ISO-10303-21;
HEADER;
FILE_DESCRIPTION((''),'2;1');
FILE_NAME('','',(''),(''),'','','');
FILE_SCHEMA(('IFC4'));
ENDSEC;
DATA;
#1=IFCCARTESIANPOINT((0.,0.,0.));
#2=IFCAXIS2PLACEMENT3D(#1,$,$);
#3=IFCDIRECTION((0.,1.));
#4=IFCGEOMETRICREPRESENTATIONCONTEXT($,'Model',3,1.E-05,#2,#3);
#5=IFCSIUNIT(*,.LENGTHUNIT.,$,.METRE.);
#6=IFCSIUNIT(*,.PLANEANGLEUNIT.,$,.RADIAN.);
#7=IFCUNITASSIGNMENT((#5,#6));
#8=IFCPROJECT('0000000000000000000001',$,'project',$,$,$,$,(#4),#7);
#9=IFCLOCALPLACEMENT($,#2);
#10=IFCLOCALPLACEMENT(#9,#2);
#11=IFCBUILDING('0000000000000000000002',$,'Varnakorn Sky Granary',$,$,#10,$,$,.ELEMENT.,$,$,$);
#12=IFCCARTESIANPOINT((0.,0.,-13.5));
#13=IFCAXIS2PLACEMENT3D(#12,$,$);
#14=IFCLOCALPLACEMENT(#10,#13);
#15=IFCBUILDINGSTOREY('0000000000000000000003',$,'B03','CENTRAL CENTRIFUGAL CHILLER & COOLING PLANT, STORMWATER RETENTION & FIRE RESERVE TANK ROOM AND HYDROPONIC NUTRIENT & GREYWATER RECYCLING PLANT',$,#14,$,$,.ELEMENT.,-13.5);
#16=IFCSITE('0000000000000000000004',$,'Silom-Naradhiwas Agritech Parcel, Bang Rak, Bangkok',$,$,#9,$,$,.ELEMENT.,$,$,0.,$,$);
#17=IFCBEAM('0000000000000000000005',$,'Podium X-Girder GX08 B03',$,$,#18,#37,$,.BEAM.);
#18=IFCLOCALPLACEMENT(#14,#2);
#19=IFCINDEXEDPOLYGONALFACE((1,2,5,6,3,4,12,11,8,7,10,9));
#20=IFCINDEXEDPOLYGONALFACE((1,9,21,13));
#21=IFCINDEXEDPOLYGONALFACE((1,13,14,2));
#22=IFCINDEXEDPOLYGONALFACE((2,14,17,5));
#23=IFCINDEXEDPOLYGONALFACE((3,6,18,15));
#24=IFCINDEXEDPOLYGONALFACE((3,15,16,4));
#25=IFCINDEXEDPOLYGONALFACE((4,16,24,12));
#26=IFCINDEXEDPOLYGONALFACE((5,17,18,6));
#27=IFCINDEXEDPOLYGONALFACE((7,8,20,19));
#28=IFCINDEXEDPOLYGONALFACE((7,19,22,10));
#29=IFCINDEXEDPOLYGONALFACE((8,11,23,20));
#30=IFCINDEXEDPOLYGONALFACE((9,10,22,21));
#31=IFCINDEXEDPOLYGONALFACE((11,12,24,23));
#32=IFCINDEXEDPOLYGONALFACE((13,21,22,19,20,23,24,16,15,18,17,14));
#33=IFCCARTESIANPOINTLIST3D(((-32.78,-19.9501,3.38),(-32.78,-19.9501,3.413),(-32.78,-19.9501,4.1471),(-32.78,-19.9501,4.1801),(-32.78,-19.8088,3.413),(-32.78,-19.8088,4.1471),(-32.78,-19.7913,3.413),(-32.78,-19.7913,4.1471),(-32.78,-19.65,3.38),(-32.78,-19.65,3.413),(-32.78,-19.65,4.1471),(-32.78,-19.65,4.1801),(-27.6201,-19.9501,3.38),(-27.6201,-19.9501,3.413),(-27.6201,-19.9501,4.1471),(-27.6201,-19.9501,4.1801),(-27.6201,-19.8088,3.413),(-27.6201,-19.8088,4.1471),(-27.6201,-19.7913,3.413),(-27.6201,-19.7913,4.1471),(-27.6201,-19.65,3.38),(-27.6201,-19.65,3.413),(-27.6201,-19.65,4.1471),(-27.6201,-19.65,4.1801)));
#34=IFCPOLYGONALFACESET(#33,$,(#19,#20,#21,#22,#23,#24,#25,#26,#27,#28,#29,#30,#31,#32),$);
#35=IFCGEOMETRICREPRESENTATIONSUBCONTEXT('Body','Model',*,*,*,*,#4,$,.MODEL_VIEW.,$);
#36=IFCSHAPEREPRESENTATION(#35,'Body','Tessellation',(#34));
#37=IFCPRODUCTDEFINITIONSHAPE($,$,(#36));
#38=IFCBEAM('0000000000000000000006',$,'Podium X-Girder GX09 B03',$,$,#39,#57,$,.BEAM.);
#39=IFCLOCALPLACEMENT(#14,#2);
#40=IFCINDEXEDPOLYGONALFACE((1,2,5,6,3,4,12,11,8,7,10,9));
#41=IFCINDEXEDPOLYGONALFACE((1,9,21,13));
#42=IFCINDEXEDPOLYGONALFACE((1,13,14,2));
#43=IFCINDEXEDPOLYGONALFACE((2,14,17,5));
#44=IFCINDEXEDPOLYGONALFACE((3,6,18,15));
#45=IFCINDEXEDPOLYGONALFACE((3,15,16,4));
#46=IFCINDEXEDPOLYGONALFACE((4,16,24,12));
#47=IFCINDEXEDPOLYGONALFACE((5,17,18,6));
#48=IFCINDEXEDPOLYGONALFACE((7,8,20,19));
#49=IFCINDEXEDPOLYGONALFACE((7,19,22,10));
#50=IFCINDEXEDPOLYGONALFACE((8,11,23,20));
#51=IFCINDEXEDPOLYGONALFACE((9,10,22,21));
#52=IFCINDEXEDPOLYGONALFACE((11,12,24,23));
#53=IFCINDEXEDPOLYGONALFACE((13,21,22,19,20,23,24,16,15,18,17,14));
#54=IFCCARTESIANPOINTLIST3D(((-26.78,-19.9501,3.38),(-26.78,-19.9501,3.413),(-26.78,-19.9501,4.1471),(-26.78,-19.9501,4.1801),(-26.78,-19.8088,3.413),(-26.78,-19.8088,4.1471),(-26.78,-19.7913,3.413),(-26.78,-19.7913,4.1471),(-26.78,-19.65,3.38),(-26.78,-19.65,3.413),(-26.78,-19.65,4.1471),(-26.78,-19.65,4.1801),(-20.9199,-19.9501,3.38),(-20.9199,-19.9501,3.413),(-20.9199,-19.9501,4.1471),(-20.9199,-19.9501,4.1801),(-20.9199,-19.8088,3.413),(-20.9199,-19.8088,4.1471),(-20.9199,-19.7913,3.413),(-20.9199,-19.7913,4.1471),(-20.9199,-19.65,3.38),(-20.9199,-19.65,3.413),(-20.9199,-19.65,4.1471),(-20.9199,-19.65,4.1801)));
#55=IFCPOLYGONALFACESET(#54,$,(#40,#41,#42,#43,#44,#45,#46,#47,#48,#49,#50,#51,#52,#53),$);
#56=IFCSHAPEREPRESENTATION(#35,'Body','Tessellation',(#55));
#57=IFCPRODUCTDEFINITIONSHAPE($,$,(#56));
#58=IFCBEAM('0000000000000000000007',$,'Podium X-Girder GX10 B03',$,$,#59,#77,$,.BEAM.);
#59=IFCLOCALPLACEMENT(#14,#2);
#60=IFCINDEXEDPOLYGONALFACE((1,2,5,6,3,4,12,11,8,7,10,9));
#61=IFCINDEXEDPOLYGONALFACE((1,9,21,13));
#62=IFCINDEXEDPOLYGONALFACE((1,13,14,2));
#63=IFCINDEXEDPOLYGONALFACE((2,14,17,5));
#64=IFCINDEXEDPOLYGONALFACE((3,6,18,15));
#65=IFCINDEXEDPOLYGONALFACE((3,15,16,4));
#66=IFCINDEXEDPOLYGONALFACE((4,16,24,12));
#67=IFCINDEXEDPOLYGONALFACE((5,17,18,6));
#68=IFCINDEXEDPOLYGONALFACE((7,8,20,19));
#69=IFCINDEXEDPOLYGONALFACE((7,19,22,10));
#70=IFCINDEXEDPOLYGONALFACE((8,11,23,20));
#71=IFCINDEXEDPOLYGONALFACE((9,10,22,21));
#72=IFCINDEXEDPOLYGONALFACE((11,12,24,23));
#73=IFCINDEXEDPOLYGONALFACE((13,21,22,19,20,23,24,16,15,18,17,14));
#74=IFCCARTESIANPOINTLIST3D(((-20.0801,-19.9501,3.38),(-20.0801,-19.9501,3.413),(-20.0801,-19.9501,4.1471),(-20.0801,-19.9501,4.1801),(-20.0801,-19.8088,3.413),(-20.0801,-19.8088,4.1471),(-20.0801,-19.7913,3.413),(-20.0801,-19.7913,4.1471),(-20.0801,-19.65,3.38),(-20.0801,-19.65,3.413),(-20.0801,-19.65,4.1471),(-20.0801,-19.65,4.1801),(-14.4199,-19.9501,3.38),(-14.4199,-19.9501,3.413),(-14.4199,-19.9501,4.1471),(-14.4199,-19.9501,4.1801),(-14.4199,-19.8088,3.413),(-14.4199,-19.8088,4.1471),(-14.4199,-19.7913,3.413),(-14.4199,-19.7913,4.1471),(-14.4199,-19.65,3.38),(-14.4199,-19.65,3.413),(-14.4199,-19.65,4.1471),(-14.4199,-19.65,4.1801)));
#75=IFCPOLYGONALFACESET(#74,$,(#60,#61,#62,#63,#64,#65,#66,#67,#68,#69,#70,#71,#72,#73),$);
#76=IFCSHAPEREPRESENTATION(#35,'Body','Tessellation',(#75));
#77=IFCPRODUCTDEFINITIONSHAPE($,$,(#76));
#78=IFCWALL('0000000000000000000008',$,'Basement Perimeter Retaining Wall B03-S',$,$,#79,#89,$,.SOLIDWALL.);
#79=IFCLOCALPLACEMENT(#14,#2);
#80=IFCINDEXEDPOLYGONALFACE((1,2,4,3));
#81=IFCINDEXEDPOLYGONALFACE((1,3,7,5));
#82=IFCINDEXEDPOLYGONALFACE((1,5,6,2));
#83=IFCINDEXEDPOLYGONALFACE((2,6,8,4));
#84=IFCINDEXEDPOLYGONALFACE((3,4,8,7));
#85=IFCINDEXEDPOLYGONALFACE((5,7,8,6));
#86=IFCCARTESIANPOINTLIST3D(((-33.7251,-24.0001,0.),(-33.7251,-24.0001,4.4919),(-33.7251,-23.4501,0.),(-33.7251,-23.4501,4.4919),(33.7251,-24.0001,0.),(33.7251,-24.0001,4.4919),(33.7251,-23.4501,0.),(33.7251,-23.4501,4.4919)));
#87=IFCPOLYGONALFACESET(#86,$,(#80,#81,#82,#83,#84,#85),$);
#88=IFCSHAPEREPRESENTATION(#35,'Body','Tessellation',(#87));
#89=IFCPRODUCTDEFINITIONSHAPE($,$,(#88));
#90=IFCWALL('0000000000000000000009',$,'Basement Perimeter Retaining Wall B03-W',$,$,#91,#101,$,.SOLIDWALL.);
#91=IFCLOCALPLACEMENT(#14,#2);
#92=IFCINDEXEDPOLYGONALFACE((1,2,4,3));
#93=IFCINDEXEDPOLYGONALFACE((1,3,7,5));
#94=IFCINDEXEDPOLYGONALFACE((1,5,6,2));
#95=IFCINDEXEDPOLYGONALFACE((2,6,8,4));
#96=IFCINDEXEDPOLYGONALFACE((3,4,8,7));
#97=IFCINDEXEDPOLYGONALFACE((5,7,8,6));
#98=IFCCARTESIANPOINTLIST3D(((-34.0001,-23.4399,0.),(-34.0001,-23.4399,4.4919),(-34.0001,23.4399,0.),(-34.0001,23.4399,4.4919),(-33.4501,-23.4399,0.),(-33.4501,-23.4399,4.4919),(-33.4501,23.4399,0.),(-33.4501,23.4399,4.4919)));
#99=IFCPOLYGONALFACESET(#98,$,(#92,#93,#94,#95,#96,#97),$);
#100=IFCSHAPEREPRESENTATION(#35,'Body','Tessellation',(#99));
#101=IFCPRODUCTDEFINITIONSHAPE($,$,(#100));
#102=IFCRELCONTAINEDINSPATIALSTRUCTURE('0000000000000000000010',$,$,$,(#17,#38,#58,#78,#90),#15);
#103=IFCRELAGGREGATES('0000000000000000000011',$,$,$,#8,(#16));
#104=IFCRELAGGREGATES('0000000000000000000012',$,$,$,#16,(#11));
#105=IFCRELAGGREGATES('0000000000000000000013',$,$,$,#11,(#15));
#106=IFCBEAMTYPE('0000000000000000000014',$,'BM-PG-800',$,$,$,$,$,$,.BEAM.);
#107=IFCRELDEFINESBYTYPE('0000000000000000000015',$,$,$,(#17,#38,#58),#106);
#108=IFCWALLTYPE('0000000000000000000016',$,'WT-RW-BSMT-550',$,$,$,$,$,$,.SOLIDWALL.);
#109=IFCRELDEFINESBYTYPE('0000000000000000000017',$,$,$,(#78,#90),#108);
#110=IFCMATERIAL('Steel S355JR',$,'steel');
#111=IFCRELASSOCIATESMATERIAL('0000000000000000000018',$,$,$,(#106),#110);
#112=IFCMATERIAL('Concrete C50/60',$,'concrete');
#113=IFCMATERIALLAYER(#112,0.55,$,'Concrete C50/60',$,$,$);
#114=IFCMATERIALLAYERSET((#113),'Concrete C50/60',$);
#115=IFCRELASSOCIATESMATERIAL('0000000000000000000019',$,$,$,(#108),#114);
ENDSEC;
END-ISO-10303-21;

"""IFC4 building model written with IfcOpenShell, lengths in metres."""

from ifc_helpers import new_model, si_unit, direction, frame, frame_2d, origin, origin_2d, place, context, subcontext, project, spatial, rectangle, i_section, extrude, material, layer, layer_set, material_profile, profile_set, type_object, element, save


model = new_model("IFC4")

# Units and contexts
model_context = context("Model", 3, precision=1e-05, world=origin(), true_north=direction((0.0, 1.0)))
body_context = subcontext(model_context, "Body", "Model", "MODEL_VIEW")
ifc_project = project(units=[si_unit("LENGTHUNIT", "METRE"), si_unit("PLANEANGLEUNIT", "RADIAN")], contexts=[model_context])

# Site, building, storey
site_placement = place(None, origin())
site = spatial("IfcSite", under=ifc_project, at=site_placement, Name="Silom-Naradhiwas Agritech Parcel, Bang Rak, Bangkok", CompositionType="ELEMENT", RefElevation=0.0)
building_placement = place(site_placement, origin())
building = spatial("IfcBuilding", under=site, at=building_placement, Name="Varnakorn Sky Granary", CompositionType="ELEMENT")
storey_placement = place(building_placement, frame((0.0, 0.0, -13.5)))
storey = spatial("IfcBuildingStorey", under=building, at=storey_placement, Name="B03", Description="CENTRAL CENTRIFUGAL CHILLER & COOLING PLANT, STORMWATER RETENTION & FIRE RESERVE TANK ROOM AND HYDROPONIC NUTRIENT & GREYWATER RECYCLING PLANT", CompositionType="ELEMENT", Elevation=-13.5)

# Shared definitions
ifc_material_1 = material(Name="Concrete C50/60", Category="concrete")

# Beams
ifc_material_2 = material(Name="Steel S355JR", Category="steel")
ifc_material_profile_1 = material_profile(ifc_material_2, i_section(OverallWidth=0.3, OverallDepth=0.8, WebThickness=0.0176, FlangeThickness=0.033, at=origin_2d()), Name="HE 800 B")
ifc_profile_set_1 = profile_set([ifc_material_profile_1], Name="Steel S355JR")
beam_type_1 = type_object("IfcBeamType", Name="BM-PG-800", PredefinedType="BEAM", material=ifc_profile_set_1)
beam_1_placement = place(storey_placement, frame((-32.78, -19.8, 3.78), z_axis=(1.0, 0.0, 0.0), x_axis=(0.0, 1.0, 0.0)))
element("IfcBeam", 1, at=beam_1_placement, inside=storey, type_object=beam_type_1, Name="Podium X-Girder GX08 B03", PredefinedType="BEAM", context=body_context, shape_type="SweptSolid", body=[
    extrude(i_section(OverallWidth=0.3, OverallDepth=0.8, WebThickness=0.0176, FlangeThickness=0.033, at=origin_2d()), origin(), (0.0, 0.0, 1.0), 5.1599),
])
beam_2_placement = place(storey_placement, frame((-26.78, -19.8, 3.78), z_axis=(1.0, 0.0, 0.0), x_axis=(0.0, 1.0, 0.0)))
element("IfcBeam", 2, at=beam_2_placement, inside=storey, type_object=beam_type_1, Name="Podium X-Girder GX09 B03", PredefinedType="BEAM", context=body_context, shape_type="SweptSolid", body=[
    extrude(i_section(OverallWidth=0.3, OverallDepth=0.8, WebThickness=0.0176, FlangeThickness=0.033, at=origin_2d()), origin(), (0.0, 0.0, 1.0), 5.8601),
])
beam_3_placement = place(storey_placement, frame((-20.0801, -19.8, 3.78), z_axis=(1.0, 0.0, 0.0), x_axis=(0.0, 1.0, 0.0)))
element("IfcBeam", 3, at=beam_3_placement, inside=storey, type_object=beam_type_1, Name="Podium X-Girder GX10 B03", PredefinedType="BEAM", context=body_context, shape_type="SweptSolid", body=[
    extrude(i_section(OverallWidth=0.3, OverallDepth=0.8, WebThickness=0.0176, FlangeThickness=0.033, at=origin_2d()), origin(), (0.0, 0.0, 1.0), 5.6602),
])

# Walls
ifc_layer = layer(ifc_material_1, 0.55, Name="Concrete C50/60")
ifc_layer_set = layer_set([ifc_layer], Name="Concrete C50/60")
wall_type = type_object("IfcWallType", Name="WT-RW-BSMT-550", PredefinedType="SOLIDWALL", material=ifc_layer_set)
wall_1_placement = place(storey_placement, frame((-33.7251, -23.7251, 0.0), z_axis=(0.0, 0.0, 1.0), x_axis=(1.0, 0.0, 0.0)))
element("IfcWall", 4, at=wall_1_placement, inside=storey, type_object=wall_type, Name="Basement Perimeter Retaining Wall B03-S", PredefinedType="SOLIDWALL", context=body_context, shape_type="SweptSolid", body=[
    extrude(rectangle(XDim=67.4502, YDim=0.55, at=frame_2d((33.7251, 0.0))), origin(), (0.0, 0.0, 1.0), 4.4919),
])
wall_2_placement = place(storey_placement, frame((-33.7251, -23.4399, 0.0), z_axis=(0.0, 0.0, 1.0), x_axis=(0.0, 1.0, 0.0)))
element("IfcWall", 5, at=wall_2_placement, inside=storey, type_object=wall_type, Name="Basement Perimeter Retaining Wall B03-W", PredefinedType="SOLIDWALL", context=body_context, shape_type="SweptSolid", body=[
    extrude(rectangle(XDim=46.8799, YDim=0.55, at=frame_2d((23.4399, 0.0))), origin(), (0.0, 0.0, 1.0), 4.4919),
])

save(model, "model.ifc")
